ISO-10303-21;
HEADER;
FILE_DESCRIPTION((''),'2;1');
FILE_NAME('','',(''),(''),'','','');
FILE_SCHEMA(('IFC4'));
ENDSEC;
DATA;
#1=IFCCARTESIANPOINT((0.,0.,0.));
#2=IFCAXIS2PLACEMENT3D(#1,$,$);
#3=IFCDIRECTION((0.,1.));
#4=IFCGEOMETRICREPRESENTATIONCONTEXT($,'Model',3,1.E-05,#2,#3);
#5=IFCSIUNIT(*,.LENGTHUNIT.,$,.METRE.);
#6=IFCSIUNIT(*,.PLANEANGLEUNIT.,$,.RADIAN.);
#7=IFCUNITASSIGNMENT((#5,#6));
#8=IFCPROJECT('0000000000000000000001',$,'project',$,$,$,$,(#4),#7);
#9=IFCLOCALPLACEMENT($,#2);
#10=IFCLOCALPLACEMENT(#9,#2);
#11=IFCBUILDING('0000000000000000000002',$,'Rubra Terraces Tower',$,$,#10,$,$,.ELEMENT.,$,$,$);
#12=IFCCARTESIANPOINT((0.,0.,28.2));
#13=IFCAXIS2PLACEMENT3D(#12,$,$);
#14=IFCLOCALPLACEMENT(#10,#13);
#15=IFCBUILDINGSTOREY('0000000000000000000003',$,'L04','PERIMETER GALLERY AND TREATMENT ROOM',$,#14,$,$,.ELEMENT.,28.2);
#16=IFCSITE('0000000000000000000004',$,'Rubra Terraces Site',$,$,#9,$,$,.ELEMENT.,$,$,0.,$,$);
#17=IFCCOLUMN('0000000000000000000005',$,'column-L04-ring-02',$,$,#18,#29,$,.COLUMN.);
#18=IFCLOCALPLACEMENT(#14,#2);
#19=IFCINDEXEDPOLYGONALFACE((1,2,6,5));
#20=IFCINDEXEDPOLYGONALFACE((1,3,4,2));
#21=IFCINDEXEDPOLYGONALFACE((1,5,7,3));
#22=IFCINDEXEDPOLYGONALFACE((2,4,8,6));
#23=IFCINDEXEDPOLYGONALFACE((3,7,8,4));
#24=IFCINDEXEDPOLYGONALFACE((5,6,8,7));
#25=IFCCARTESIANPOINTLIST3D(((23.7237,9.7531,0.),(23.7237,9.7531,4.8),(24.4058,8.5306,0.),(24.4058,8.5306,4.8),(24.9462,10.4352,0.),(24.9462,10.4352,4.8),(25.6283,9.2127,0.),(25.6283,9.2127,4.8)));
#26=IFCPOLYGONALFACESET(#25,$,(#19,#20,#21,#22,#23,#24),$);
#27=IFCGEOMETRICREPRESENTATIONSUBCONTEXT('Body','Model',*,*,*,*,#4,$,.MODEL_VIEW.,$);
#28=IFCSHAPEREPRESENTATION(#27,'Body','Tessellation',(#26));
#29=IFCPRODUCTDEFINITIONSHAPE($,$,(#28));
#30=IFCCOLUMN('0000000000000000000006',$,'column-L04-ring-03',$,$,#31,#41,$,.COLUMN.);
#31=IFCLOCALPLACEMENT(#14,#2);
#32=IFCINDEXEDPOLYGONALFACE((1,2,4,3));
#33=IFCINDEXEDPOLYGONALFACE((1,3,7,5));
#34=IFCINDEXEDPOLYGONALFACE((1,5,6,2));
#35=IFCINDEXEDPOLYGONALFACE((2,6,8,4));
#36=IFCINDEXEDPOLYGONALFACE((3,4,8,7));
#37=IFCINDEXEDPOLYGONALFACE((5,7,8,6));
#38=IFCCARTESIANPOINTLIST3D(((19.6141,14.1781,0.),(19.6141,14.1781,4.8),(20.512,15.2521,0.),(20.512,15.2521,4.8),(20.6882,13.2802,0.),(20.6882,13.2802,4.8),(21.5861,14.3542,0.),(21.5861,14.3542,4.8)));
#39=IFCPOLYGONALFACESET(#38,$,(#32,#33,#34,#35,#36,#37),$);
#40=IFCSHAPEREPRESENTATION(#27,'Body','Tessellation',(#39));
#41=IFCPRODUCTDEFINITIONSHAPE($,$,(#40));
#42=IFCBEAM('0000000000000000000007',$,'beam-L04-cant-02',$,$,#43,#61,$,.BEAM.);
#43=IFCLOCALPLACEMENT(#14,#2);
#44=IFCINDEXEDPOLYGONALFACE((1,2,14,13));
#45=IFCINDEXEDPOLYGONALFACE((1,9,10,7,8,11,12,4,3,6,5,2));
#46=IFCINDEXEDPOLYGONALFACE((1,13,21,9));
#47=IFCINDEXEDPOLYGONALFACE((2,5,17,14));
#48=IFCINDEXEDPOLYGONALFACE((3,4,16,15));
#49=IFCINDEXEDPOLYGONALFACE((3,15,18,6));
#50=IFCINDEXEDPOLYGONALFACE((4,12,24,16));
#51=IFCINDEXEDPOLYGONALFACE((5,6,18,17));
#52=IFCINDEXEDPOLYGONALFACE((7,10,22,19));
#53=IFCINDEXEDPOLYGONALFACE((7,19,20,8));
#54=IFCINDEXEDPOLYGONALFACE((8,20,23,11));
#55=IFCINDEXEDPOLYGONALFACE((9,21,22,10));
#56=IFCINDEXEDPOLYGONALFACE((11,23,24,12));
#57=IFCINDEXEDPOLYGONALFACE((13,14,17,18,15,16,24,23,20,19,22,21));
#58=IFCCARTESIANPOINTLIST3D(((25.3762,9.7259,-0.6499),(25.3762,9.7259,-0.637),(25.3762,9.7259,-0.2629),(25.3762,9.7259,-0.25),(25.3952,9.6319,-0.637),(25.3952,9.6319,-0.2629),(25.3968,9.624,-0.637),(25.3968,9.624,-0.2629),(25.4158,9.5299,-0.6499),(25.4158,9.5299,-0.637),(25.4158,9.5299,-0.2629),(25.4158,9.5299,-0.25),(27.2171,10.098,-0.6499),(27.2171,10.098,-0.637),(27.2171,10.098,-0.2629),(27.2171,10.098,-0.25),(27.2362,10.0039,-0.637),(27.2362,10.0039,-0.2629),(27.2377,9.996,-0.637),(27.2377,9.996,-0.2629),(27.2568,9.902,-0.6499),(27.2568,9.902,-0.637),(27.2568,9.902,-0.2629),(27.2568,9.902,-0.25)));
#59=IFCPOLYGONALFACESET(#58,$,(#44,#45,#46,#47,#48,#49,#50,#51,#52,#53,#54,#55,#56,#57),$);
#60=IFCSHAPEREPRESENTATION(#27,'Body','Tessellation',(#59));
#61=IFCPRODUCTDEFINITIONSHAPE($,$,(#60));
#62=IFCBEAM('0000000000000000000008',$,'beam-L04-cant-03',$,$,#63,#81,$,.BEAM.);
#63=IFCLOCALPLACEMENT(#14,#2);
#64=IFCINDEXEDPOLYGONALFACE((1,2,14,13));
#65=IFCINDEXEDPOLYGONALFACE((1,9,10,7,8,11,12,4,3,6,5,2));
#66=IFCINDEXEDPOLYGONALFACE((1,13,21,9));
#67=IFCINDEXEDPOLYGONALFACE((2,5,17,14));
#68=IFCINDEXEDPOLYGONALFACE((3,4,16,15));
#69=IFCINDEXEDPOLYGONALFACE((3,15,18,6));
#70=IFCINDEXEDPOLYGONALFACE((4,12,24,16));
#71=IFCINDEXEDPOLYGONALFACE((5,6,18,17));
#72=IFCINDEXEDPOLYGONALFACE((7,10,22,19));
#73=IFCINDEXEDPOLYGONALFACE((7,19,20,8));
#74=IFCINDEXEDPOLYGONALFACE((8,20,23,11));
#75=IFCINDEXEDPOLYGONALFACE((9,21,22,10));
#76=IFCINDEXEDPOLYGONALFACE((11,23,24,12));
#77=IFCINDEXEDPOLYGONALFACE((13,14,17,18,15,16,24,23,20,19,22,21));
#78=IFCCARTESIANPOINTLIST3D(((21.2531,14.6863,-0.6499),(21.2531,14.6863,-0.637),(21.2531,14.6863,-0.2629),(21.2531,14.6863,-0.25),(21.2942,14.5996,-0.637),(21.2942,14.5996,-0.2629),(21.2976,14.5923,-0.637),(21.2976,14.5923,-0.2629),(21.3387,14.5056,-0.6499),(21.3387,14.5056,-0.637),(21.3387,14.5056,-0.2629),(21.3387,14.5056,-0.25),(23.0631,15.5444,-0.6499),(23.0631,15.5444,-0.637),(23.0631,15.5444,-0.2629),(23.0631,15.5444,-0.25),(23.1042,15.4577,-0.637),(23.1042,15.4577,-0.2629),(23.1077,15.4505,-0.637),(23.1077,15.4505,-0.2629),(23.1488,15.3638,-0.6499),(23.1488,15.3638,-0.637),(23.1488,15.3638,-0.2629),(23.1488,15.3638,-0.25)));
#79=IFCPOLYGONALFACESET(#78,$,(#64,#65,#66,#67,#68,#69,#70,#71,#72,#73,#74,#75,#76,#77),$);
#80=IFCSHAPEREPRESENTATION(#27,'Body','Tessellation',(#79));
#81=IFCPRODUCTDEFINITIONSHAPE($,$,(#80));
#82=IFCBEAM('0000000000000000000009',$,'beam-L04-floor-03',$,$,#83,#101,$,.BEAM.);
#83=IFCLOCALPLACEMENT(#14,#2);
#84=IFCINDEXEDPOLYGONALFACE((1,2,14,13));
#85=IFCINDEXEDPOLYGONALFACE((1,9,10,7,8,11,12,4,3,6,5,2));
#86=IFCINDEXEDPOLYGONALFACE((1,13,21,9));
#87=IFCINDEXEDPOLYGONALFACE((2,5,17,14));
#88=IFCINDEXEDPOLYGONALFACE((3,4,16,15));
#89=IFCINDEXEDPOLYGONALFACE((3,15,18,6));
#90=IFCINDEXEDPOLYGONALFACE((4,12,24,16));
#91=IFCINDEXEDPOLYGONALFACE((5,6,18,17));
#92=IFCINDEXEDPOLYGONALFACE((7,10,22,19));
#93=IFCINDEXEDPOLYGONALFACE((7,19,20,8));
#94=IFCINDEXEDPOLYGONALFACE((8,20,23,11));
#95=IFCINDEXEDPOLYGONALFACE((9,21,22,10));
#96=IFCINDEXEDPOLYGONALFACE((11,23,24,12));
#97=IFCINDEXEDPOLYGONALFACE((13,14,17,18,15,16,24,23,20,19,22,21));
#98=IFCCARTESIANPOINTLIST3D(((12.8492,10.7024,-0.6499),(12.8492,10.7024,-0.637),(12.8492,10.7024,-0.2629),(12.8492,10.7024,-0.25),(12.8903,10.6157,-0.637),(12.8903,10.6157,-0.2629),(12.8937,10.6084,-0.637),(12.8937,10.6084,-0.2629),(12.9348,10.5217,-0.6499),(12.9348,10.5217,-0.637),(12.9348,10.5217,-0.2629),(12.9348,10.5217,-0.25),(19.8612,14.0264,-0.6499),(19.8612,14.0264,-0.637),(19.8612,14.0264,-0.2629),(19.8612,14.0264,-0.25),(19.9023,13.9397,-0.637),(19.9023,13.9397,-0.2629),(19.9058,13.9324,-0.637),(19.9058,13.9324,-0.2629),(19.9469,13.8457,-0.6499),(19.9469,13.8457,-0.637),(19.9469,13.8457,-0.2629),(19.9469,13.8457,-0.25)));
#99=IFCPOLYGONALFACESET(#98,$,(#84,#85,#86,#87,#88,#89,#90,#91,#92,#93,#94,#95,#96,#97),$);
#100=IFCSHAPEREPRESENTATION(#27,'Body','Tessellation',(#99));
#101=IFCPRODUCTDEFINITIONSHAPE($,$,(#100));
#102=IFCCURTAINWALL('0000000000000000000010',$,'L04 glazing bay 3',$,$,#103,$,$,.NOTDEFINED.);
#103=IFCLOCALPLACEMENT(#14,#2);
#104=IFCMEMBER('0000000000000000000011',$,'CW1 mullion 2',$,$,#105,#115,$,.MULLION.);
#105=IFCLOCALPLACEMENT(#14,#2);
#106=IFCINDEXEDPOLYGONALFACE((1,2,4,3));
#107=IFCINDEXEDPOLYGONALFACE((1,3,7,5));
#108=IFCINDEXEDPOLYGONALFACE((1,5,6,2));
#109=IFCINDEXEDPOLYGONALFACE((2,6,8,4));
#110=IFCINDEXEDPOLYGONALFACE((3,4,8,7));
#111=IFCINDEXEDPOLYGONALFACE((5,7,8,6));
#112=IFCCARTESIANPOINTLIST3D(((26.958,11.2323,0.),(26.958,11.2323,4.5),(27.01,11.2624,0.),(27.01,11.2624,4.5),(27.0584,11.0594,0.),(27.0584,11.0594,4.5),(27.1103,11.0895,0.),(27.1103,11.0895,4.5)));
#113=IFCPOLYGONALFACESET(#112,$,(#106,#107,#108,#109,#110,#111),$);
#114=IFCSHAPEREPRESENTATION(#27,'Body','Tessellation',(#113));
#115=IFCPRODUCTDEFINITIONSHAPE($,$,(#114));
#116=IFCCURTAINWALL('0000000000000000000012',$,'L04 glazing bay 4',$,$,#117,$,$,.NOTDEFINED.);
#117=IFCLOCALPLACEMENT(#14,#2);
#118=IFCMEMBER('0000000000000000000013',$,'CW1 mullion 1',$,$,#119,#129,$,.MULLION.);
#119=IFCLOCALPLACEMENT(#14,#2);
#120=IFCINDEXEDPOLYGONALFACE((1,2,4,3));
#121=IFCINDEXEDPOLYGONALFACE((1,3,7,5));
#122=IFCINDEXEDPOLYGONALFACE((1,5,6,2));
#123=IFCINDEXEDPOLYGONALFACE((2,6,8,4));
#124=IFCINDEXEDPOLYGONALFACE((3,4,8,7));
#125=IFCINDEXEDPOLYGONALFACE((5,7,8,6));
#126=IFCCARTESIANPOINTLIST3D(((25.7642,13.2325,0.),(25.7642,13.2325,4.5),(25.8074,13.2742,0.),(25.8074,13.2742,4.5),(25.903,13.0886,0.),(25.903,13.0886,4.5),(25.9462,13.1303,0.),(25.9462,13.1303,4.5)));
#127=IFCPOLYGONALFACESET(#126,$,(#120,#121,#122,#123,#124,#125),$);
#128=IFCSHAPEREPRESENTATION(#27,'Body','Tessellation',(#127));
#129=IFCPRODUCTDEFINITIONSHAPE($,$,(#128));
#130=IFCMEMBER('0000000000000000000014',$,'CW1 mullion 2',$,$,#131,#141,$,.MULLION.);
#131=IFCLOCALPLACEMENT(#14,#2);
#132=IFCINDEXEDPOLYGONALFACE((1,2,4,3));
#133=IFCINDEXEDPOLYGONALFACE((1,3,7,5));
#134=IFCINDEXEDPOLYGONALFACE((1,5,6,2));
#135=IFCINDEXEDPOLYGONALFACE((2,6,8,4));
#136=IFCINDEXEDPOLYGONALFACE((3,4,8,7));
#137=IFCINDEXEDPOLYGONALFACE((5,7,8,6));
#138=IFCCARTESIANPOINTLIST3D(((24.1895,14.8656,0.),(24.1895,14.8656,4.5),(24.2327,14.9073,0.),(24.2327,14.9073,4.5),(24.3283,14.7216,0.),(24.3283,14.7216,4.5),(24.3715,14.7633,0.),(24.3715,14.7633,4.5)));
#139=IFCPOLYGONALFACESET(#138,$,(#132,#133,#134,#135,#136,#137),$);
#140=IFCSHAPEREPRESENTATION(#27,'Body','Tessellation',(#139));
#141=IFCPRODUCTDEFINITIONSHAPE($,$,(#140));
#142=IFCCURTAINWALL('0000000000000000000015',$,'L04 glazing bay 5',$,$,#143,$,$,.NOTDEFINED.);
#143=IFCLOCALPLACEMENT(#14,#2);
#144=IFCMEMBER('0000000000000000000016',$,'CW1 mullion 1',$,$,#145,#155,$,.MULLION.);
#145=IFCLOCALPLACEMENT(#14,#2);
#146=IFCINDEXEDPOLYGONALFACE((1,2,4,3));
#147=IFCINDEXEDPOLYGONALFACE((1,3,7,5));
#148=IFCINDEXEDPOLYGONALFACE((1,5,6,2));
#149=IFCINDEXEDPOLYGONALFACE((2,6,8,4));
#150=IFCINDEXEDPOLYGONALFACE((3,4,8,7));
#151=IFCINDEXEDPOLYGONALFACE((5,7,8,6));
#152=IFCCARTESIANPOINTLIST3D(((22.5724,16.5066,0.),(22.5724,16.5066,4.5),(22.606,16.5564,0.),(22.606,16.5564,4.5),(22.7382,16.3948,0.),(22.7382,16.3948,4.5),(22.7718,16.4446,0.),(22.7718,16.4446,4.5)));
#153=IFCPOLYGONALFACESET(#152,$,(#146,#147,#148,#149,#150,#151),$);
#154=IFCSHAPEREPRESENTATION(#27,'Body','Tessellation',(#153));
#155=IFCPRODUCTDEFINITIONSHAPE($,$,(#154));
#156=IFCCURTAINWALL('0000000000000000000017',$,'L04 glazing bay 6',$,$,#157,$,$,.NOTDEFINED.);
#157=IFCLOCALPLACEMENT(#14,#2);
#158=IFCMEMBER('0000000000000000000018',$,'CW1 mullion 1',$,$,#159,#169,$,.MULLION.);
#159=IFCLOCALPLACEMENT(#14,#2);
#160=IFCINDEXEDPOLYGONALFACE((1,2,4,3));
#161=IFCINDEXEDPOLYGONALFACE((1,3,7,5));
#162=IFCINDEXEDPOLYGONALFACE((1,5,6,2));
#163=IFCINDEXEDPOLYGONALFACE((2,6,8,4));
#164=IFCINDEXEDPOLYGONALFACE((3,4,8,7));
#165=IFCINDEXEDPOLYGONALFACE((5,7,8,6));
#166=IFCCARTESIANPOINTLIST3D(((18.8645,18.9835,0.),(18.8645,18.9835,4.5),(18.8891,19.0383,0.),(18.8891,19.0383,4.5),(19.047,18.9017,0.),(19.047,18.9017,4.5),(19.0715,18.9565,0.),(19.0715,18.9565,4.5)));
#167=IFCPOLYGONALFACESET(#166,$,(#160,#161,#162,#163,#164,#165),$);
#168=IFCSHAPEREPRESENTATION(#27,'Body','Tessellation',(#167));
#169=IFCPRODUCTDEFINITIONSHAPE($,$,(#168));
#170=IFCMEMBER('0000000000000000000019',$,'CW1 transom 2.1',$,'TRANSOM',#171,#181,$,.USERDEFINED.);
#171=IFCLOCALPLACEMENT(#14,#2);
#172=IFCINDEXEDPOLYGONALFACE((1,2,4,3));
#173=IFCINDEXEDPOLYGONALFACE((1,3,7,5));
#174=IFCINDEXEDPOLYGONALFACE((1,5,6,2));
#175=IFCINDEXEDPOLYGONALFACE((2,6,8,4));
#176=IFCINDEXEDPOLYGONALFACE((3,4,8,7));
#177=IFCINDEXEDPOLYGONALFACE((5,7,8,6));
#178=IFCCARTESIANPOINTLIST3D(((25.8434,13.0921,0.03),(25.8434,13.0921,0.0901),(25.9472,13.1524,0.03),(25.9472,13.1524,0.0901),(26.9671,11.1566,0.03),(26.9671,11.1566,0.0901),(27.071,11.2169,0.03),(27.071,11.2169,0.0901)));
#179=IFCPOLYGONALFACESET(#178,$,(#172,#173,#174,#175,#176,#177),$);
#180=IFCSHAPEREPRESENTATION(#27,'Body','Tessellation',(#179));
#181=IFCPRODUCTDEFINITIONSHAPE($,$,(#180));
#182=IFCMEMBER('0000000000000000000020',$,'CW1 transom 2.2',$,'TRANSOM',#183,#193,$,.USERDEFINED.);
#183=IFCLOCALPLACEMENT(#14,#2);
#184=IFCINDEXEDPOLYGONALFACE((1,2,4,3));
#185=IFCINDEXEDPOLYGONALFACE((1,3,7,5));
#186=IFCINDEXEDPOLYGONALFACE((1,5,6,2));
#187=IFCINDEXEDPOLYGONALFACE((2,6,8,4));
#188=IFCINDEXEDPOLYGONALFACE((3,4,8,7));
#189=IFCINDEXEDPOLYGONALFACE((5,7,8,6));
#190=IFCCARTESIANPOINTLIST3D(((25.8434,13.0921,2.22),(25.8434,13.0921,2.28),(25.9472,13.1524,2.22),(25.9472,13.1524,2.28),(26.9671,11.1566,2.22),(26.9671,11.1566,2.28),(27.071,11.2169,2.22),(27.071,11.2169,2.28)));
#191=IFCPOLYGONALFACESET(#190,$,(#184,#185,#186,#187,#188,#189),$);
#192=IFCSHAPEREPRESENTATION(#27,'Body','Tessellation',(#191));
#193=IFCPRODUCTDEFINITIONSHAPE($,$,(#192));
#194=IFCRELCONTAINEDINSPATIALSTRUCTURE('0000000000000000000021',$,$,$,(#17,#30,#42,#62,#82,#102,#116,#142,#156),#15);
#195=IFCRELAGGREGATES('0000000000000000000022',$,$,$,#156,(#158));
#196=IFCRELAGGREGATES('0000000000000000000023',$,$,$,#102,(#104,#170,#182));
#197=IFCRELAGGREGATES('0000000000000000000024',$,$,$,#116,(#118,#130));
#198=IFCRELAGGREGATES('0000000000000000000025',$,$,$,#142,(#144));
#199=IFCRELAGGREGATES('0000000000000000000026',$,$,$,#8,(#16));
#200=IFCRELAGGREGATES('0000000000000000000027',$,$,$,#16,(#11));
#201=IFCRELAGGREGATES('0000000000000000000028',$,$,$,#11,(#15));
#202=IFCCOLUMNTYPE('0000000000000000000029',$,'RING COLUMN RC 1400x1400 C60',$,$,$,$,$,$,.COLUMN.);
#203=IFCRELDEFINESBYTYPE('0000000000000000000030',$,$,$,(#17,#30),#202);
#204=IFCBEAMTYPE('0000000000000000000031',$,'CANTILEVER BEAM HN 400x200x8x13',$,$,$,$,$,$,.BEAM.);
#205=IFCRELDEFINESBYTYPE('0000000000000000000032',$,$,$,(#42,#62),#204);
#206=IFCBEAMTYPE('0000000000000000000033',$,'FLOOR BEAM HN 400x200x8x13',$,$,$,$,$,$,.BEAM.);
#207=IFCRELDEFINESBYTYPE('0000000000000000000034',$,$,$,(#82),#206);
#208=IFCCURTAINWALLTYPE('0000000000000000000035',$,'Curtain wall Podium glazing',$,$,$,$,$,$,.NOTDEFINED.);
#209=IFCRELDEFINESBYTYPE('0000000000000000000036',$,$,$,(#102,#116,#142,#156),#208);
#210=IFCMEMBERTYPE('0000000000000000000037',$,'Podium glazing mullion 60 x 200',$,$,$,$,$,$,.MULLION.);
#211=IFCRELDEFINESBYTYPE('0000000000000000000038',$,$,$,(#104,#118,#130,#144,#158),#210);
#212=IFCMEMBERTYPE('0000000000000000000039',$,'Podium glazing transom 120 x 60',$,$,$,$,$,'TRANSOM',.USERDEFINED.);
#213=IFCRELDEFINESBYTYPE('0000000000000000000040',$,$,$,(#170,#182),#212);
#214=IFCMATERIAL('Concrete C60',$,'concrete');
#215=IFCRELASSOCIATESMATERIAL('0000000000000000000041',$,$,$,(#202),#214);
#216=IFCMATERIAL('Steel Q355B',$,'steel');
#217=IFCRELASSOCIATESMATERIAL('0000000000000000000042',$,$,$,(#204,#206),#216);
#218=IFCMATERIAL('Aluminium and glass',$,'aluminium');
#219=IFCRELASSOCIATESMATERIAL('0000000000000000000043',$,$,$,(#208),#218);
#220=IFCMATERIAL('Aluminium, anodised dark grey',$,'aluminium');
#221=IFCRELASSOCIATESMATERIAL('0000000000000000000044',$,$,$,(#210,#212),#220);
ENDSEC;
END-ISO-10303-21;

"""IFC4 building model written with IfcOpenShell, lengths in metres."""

from ifc_helpers import new_model, si_unit, direction, frame, origin, origin_2d, place, context, subcontext, project, spatial, rectangle, i_section, extrude, material, material_profile, profile_set, type_object, element, aggregate, save


model = new_model("IFC4")

# Units and contexts
model_context = context("Model", 3, precision=1e-05, world=origin(), true_north=direction((0.0, 1.0)))
body_context = subcontext(model_context, "Body", "Model", "MODEL_VIEW")
ifc_project = project(units=[si_unit("LENGTHUNIT", "METRE"), si_unit("PLANEANGLEUNIT", "RADIAN")], contexts=[model_context])

# Site, building, storey
site_placement = place(None, origin())
site = spatial("IfcSite", under=ifc_project, at=site_placement, Name="Rubra Terraces Site", CompositionType="ELEMENT", RefElevation=0.0)
building_placement = place(site_placement, origin())
building = spatial("IfcBuilding", under=site, at=building_placement, Name="Rubra Terraces Tower", CompositionType="ELEMENT")
storey_placement = place(building_placement, frame((0.0, 0.0, 28.2)))
storey = spatial("IfcBuildingStorey", under=building, at=storey_placement, Name="L04", Description="PERIMETER GALLERY AND TREATMENT ROOM", CompositionType="ELEMENT", Elevation=28.2)

# Columns
ifc_material_1 = material(Name="Concrete C60", Category="concrete")
ifc_material_profile_1 = material_profile(ifc_material_1, rectangle(XDim=1.3999, YDim=1.3999, at=origin_2d()), Name="RC 1400x1400")
ifc_profile_set_1 = profile_set([ifc_material_profile_1], Name="Concrete C60")
column_type = type_object("IfcColumnType", Name="RING COLUMN RC 1400x1400 C60", PredefinedType="COLUMN", material=ifc_profile_set_1)
for number, where, z_axis, x_axis, name in (
    (1, (24.676, 9.4829, 0.0), (0.0, 0.0, 1.0), (-0.487227, 0.873276, 0.0), "column-L04-ring-02"),
    (2, (20.6001, 14.2661, 0.0), (0.0, 0.0, 1.0), (-0.76721, 0.641397, 0.0), "column-L04-ring-03"),
):
    element("IfcColumn", number, at=place(storey_placement, frame(where, z_axis=z_axis, x_axis=x_axis)), inside=storey, type_object=column_type, Name=name, PredefinedType="COLUMN", context=body_context, shape_type="SweptSolid", body=[
        extrude(rectangle(XDim=1.3999, YDim=1.3999, at=origin_2d()), origin(), (0.0, 0.0, 1.0), 4.8),
    ])

# Beams
ifc_material_2 = material(Name="Steel Q355B", Category="steel")
ifc_material_profile_2 = material_profile(ifc_material_2, i_section(OverallWidth=0.2, OverallDepth=0.3999, WebThickness=0.0081, FlangeThickness=0.0129, at=origin_2d()), Name="HN 400x200x8x13")
ifc_profile_set_2 = profile_set([ifc_material_profile_2], Name="Steel Q355B")
beam_type_1 = type_object("IfcBeamType", Name="CANTILEVER BEAM HN 400x200x8x13", PredefinedType="BEAM", material=ifc_profile_set_2)
beam_1_placement = place(storey_placement, frame((25.396, 9.6279, -0.45), z_axis=(0.980184, 0.19809, 0.0), x_axis=(-0.19809, 0.980184, 0.0)))
element("IfcBeam", 3, at=beam_1_placement, inside=storey, type_object=beam_type_1, Name="beam-L04-cant-02", PredefinedType="BEAM", context=body_context, shape_type="SweptSolid", body=[
    extrude(i_section(OverallWidth=0.2, OverallDepth=0.3999, WebThickness=0.0081, FlangeThickness=0.0129, at=origin_2d()), origin(), (0.0, 0.0, 1.0), 1.8782),
])
beam_2_placement = place(storey_placement, frame((21.2959, 14.5959, -0.45), z_axis=(0.903591, 0.428395, 0.0), x_axis=(-0.428395, 0.903591, 0.0)))
element("IfcBeam", 4, at=beam_2_placement, inside=storey, type_object=beam_type_1, Name="beam-L04-cant-03", PredefinedType="BEAM", context=body_context, shape_type="SweptSolid", body=[
    extrude(i_section(OverallWidth=0.2, OverallDepth=0.3999, WebThickness=0.0081, FlangeThickness=0.0129, at=origin_2d()), origin(), (0.0, 0.0, 1.0), 2.0032),
])
ifc_material_profile_3 = material_profile(ifc_material_2, i_section(OverallWidth=0.2, OverallDepth=0.3999, WebThickness=0.0081, FlangeThickness=0.0129, at=origin_2d()), Name="HN 400x200x8x13")
ifc_profile_set_3 = profile_set([ifc_material_profile_3], Name="Steel Q355B")
beam_type_2 = type_object("IfcBeamType", Name="FLOOR BEAM HN 400x200x8x13", PredefinedType="BEAM", material=ifc_profile_set_3)
beam_3_placement = place(storey_placement, frame((19.9041, 13.936, -0.45), z_axis=(-0.903612, -0.428351, 0.0), x_axis=(0.428351, -0.903612, 0.0)))
element("IfcBeam", 5, at=beam_3_placement, inside=storey, type_object=beam_type_2, Name="beam-L04-floor-03", PredefinedType="BEAM", context=body_context, shape_type="SweptSolid", body=[
    extrude(i_section(OverallWidth=0.2, OverallDepth=0.3999, WebThickness=0.0081, FlangeThickness=0.0129, at=origin_2d()), origin(), (0.0, 0.0, 1.0), 7.76),
])

# Curtain wall, member
ifc_material_3 = material(Name="Aluminium and glass", Category="aluminium")
curtain_wall_type = type_object("IfcCurtainWallType", Name="Curtain wall Podium glazing", PredefinedType="NOTDEFINED", material=ifc_material_3)
curtain_wall_1_placement = place(storey_placement, origin())
curtain_wall_1 = element("IfcCurtainWall", 6, at=curtain_wall_1_placement, inside=storey, type_object=curtain_wall_type, Name="L04 glazing bay 3", PredefinedType="NOTDEFINED")
ifc_material_4 = material(Name="Aluminium, anodised dark grey", Category="aluminium")
ifc_material_profile_4 = material_profile(ifc_material_4, rectangle(XDim=0.0601, YDim=0.2, at=origin_2d()), Name="AL 60x200")
ifc_profile_set_4 = profile_set([ifc_material_profile_4], Name="Aluminium, anodised dark grey")
member_type_1 = type_object("IfcMemberType", Name="Podium glazing mullion 60 x 200", PredefinedType="MULLION", material=ifc_profile_set_4)
member_1_placement = place(storey_placement, frame((27.0342, 11.1609, 0.0), z_axis=(0.0, 0.0, 1.0), x_axis=(-0.864813, -0.502094, 0.0)))
member_1 = element("IfcMember", 7, at=member_1_placement, type_object=member_type_1, Name="CW1 mullion 2", PredefinedType="MULLION", context=body_context, shape_type="SweptSolid", body=[
    extrude(rectangle(XDim=0.0601, YDim=0.2, at=origin_2d()), origin(), (0.0, 0.0, 1.0), 4.5),
])

# Curtain wall, members
curtain_wall_2_placement = place(storey_placement, origin())
curtain_wall_2 = element("IfcCurtainWall", 8, at=curtain_wall_2_placement, inside=storey, type_object=curtain_wall_type, Name="L04 glazing bay 4", PredefinedType="NOTDEFINED")
member_2_placement = place(storey_placement, frame((25.8552, 13.1814, 0.0), z_axis=(0.0, 0.0, 1.0), x_axis=(-0.719825, -0.694156, 0.0)))
member_2 = element("IfcMember", 9, at=member_2_placement, type_object=member_type_1, Name="CW1 mullion 1", PredefinedType="MULLION", context=body_context, shape_type="SweptSolid", body=[
    extrude(rectangle(XDim=0.0601, YDim=0.2, at=origin_2d()), origin(), (0.0, 0.0, 1.0), 4.5),
])
member_3_placement = place(storey_placement, frame((24.2805, 14.8145, 0.0), z_axis=(0.0, 0.0, 1.0), x_axis=(-0.719825, -0.694156, 0.0)))
member_3 = element("IfcMember", 10, at=member_3_placement, type_object=member_type_1, Name="CW1 mullion 2", PredefinedType="MULLION", context=body_context, shape_type="SweptSolid", body=[
    extrude(rectangle(XDim=0.0601, YDim=0.2, at=origin_2d()), origin(), (0.0, 0.0, 1.0), 4.5),
])

# Curtain walls, members
curtain_wall_3_placement = place(storey_placement, origin())
curtain_wall_3 = element("IfcCurtainWall", 11, at=curtain_wall_3_placement, inside=storey, type_object=curtain_wall_type, Name="L04 glazing bay 5", PredefinedType="NOTDEFINED")
member_4_placement = place(storey_placement, frame((22.6721, 16.4756, 0.0), z_axis=(0.0, 0.0, 1.0), x_axis=(-0.559277, -0.828981, 0.0)))
member_4 = element("IfcMember", 12, at=member_4_placement, type_object=member_type_1, Name="CW1 mullion 1", PredefinedType="MULLION", context=body_context, shape_type="SweptSolid", body=[
    extrude(rectangle(XDim=0.0601, YDim=0.2, at=origin_2d()), origin(), (0.0, 0.0, 1.0), 4.5),
])
curtain_wall_4_placement = place(storey_placement, origin())
curtain_wall_4 = element("IfcCurtainWall", 13, at=curtain_wall_4_placement, inside=storey, type_object=curtain_wall_type, Name="L04 glazing bay 6", PredefinedType="NOTDEFINED")
member_5_placement = place(storey_placement, frame((18.968, 18.97, 0.0), z_axis=(0.0, 0.0, 1.0), x_axis=(-0.408962, -0.912551, 0.0)))
member_5 = element("IfcMember", 14, at=member_5_placement, type_object=member_type_1, Name="CW1 mullion 1", PredefinedType="MULLION", context=body_context, shape_type="SweptSolid", body=[
    extrude(rectangle(XDim=0.0601, YDim=0.2, at=origin_2d()), origin(), (0.0, 0.0, 1.0), 4.5),
])

# Members
ifc_material_profile_5 = material_profile(ifc_material_4, rectangle(XDim=0.1201, YDim=0.0601, at=origin_2d()), Name="AL 120x60")
ifc_profile_set_5 = profile_set([ifc_material_profile_5], Name="Aluminium, anodised dark grey")
member_type_2 = type_object("IfcMemberType", Name="Podium glazing transom 120 x 60", ElementType="TRANSOM", PredefinedType="USERDEFINED", material=ifc_profile_set_5)
member_6_placement = place(storey_placement, frame((27.019, 11.1868, 0.0601), z_axis=(-0.502107, 0.864806, 0.0), x_axis=(-0.864806, -0.502107, 0.0)))
member_6 = element("IfcMember", 15, at=member_6_placement, type_object=member_type_2, Name="CW1 transom 2.1", ObjectType="TRANSOM", PredefinedType="USERDEFINED", context=body_context, shape_type="SweptSolid", body=[
    extrude(rectangle(XDim=0.1201, YDim=0.0601, at=origin_2d()), origin(), (0.0, 0.0, 1.0), 2.238),
])
member_7_placement = place(storey_placement, frame((27.019, 11.1868, 2.25), z_axis=(-0.502107, 0.864806, 0.0), x_axis=(-0.864806, -0.502107, 0.0)))
member_7 = element("IfcMember", 16, at=member_7_placement, type_object=member_type_2, Name="CW1 transom 2.2", ObjectType="TRANSOM", PredefinedType="USERDEFINED", context=body_context, shape_type="SweptSolid", body=[
    extrude(rectangle(XDim=0.1201, YDim=0.0601, at=origin_2d()), origin(), (0.0, 0.0, 1.0), 2.238),
])
aggregate(curtain_wall_4, [member_5])

aggregate(curtain_wall_1, [member_1, member_6, member_7])
aggregate(curtain_wall_2, [member_2, member_3])
aggregate(curtain_wall_3, [member_4])

save(model, "model.ifc")
